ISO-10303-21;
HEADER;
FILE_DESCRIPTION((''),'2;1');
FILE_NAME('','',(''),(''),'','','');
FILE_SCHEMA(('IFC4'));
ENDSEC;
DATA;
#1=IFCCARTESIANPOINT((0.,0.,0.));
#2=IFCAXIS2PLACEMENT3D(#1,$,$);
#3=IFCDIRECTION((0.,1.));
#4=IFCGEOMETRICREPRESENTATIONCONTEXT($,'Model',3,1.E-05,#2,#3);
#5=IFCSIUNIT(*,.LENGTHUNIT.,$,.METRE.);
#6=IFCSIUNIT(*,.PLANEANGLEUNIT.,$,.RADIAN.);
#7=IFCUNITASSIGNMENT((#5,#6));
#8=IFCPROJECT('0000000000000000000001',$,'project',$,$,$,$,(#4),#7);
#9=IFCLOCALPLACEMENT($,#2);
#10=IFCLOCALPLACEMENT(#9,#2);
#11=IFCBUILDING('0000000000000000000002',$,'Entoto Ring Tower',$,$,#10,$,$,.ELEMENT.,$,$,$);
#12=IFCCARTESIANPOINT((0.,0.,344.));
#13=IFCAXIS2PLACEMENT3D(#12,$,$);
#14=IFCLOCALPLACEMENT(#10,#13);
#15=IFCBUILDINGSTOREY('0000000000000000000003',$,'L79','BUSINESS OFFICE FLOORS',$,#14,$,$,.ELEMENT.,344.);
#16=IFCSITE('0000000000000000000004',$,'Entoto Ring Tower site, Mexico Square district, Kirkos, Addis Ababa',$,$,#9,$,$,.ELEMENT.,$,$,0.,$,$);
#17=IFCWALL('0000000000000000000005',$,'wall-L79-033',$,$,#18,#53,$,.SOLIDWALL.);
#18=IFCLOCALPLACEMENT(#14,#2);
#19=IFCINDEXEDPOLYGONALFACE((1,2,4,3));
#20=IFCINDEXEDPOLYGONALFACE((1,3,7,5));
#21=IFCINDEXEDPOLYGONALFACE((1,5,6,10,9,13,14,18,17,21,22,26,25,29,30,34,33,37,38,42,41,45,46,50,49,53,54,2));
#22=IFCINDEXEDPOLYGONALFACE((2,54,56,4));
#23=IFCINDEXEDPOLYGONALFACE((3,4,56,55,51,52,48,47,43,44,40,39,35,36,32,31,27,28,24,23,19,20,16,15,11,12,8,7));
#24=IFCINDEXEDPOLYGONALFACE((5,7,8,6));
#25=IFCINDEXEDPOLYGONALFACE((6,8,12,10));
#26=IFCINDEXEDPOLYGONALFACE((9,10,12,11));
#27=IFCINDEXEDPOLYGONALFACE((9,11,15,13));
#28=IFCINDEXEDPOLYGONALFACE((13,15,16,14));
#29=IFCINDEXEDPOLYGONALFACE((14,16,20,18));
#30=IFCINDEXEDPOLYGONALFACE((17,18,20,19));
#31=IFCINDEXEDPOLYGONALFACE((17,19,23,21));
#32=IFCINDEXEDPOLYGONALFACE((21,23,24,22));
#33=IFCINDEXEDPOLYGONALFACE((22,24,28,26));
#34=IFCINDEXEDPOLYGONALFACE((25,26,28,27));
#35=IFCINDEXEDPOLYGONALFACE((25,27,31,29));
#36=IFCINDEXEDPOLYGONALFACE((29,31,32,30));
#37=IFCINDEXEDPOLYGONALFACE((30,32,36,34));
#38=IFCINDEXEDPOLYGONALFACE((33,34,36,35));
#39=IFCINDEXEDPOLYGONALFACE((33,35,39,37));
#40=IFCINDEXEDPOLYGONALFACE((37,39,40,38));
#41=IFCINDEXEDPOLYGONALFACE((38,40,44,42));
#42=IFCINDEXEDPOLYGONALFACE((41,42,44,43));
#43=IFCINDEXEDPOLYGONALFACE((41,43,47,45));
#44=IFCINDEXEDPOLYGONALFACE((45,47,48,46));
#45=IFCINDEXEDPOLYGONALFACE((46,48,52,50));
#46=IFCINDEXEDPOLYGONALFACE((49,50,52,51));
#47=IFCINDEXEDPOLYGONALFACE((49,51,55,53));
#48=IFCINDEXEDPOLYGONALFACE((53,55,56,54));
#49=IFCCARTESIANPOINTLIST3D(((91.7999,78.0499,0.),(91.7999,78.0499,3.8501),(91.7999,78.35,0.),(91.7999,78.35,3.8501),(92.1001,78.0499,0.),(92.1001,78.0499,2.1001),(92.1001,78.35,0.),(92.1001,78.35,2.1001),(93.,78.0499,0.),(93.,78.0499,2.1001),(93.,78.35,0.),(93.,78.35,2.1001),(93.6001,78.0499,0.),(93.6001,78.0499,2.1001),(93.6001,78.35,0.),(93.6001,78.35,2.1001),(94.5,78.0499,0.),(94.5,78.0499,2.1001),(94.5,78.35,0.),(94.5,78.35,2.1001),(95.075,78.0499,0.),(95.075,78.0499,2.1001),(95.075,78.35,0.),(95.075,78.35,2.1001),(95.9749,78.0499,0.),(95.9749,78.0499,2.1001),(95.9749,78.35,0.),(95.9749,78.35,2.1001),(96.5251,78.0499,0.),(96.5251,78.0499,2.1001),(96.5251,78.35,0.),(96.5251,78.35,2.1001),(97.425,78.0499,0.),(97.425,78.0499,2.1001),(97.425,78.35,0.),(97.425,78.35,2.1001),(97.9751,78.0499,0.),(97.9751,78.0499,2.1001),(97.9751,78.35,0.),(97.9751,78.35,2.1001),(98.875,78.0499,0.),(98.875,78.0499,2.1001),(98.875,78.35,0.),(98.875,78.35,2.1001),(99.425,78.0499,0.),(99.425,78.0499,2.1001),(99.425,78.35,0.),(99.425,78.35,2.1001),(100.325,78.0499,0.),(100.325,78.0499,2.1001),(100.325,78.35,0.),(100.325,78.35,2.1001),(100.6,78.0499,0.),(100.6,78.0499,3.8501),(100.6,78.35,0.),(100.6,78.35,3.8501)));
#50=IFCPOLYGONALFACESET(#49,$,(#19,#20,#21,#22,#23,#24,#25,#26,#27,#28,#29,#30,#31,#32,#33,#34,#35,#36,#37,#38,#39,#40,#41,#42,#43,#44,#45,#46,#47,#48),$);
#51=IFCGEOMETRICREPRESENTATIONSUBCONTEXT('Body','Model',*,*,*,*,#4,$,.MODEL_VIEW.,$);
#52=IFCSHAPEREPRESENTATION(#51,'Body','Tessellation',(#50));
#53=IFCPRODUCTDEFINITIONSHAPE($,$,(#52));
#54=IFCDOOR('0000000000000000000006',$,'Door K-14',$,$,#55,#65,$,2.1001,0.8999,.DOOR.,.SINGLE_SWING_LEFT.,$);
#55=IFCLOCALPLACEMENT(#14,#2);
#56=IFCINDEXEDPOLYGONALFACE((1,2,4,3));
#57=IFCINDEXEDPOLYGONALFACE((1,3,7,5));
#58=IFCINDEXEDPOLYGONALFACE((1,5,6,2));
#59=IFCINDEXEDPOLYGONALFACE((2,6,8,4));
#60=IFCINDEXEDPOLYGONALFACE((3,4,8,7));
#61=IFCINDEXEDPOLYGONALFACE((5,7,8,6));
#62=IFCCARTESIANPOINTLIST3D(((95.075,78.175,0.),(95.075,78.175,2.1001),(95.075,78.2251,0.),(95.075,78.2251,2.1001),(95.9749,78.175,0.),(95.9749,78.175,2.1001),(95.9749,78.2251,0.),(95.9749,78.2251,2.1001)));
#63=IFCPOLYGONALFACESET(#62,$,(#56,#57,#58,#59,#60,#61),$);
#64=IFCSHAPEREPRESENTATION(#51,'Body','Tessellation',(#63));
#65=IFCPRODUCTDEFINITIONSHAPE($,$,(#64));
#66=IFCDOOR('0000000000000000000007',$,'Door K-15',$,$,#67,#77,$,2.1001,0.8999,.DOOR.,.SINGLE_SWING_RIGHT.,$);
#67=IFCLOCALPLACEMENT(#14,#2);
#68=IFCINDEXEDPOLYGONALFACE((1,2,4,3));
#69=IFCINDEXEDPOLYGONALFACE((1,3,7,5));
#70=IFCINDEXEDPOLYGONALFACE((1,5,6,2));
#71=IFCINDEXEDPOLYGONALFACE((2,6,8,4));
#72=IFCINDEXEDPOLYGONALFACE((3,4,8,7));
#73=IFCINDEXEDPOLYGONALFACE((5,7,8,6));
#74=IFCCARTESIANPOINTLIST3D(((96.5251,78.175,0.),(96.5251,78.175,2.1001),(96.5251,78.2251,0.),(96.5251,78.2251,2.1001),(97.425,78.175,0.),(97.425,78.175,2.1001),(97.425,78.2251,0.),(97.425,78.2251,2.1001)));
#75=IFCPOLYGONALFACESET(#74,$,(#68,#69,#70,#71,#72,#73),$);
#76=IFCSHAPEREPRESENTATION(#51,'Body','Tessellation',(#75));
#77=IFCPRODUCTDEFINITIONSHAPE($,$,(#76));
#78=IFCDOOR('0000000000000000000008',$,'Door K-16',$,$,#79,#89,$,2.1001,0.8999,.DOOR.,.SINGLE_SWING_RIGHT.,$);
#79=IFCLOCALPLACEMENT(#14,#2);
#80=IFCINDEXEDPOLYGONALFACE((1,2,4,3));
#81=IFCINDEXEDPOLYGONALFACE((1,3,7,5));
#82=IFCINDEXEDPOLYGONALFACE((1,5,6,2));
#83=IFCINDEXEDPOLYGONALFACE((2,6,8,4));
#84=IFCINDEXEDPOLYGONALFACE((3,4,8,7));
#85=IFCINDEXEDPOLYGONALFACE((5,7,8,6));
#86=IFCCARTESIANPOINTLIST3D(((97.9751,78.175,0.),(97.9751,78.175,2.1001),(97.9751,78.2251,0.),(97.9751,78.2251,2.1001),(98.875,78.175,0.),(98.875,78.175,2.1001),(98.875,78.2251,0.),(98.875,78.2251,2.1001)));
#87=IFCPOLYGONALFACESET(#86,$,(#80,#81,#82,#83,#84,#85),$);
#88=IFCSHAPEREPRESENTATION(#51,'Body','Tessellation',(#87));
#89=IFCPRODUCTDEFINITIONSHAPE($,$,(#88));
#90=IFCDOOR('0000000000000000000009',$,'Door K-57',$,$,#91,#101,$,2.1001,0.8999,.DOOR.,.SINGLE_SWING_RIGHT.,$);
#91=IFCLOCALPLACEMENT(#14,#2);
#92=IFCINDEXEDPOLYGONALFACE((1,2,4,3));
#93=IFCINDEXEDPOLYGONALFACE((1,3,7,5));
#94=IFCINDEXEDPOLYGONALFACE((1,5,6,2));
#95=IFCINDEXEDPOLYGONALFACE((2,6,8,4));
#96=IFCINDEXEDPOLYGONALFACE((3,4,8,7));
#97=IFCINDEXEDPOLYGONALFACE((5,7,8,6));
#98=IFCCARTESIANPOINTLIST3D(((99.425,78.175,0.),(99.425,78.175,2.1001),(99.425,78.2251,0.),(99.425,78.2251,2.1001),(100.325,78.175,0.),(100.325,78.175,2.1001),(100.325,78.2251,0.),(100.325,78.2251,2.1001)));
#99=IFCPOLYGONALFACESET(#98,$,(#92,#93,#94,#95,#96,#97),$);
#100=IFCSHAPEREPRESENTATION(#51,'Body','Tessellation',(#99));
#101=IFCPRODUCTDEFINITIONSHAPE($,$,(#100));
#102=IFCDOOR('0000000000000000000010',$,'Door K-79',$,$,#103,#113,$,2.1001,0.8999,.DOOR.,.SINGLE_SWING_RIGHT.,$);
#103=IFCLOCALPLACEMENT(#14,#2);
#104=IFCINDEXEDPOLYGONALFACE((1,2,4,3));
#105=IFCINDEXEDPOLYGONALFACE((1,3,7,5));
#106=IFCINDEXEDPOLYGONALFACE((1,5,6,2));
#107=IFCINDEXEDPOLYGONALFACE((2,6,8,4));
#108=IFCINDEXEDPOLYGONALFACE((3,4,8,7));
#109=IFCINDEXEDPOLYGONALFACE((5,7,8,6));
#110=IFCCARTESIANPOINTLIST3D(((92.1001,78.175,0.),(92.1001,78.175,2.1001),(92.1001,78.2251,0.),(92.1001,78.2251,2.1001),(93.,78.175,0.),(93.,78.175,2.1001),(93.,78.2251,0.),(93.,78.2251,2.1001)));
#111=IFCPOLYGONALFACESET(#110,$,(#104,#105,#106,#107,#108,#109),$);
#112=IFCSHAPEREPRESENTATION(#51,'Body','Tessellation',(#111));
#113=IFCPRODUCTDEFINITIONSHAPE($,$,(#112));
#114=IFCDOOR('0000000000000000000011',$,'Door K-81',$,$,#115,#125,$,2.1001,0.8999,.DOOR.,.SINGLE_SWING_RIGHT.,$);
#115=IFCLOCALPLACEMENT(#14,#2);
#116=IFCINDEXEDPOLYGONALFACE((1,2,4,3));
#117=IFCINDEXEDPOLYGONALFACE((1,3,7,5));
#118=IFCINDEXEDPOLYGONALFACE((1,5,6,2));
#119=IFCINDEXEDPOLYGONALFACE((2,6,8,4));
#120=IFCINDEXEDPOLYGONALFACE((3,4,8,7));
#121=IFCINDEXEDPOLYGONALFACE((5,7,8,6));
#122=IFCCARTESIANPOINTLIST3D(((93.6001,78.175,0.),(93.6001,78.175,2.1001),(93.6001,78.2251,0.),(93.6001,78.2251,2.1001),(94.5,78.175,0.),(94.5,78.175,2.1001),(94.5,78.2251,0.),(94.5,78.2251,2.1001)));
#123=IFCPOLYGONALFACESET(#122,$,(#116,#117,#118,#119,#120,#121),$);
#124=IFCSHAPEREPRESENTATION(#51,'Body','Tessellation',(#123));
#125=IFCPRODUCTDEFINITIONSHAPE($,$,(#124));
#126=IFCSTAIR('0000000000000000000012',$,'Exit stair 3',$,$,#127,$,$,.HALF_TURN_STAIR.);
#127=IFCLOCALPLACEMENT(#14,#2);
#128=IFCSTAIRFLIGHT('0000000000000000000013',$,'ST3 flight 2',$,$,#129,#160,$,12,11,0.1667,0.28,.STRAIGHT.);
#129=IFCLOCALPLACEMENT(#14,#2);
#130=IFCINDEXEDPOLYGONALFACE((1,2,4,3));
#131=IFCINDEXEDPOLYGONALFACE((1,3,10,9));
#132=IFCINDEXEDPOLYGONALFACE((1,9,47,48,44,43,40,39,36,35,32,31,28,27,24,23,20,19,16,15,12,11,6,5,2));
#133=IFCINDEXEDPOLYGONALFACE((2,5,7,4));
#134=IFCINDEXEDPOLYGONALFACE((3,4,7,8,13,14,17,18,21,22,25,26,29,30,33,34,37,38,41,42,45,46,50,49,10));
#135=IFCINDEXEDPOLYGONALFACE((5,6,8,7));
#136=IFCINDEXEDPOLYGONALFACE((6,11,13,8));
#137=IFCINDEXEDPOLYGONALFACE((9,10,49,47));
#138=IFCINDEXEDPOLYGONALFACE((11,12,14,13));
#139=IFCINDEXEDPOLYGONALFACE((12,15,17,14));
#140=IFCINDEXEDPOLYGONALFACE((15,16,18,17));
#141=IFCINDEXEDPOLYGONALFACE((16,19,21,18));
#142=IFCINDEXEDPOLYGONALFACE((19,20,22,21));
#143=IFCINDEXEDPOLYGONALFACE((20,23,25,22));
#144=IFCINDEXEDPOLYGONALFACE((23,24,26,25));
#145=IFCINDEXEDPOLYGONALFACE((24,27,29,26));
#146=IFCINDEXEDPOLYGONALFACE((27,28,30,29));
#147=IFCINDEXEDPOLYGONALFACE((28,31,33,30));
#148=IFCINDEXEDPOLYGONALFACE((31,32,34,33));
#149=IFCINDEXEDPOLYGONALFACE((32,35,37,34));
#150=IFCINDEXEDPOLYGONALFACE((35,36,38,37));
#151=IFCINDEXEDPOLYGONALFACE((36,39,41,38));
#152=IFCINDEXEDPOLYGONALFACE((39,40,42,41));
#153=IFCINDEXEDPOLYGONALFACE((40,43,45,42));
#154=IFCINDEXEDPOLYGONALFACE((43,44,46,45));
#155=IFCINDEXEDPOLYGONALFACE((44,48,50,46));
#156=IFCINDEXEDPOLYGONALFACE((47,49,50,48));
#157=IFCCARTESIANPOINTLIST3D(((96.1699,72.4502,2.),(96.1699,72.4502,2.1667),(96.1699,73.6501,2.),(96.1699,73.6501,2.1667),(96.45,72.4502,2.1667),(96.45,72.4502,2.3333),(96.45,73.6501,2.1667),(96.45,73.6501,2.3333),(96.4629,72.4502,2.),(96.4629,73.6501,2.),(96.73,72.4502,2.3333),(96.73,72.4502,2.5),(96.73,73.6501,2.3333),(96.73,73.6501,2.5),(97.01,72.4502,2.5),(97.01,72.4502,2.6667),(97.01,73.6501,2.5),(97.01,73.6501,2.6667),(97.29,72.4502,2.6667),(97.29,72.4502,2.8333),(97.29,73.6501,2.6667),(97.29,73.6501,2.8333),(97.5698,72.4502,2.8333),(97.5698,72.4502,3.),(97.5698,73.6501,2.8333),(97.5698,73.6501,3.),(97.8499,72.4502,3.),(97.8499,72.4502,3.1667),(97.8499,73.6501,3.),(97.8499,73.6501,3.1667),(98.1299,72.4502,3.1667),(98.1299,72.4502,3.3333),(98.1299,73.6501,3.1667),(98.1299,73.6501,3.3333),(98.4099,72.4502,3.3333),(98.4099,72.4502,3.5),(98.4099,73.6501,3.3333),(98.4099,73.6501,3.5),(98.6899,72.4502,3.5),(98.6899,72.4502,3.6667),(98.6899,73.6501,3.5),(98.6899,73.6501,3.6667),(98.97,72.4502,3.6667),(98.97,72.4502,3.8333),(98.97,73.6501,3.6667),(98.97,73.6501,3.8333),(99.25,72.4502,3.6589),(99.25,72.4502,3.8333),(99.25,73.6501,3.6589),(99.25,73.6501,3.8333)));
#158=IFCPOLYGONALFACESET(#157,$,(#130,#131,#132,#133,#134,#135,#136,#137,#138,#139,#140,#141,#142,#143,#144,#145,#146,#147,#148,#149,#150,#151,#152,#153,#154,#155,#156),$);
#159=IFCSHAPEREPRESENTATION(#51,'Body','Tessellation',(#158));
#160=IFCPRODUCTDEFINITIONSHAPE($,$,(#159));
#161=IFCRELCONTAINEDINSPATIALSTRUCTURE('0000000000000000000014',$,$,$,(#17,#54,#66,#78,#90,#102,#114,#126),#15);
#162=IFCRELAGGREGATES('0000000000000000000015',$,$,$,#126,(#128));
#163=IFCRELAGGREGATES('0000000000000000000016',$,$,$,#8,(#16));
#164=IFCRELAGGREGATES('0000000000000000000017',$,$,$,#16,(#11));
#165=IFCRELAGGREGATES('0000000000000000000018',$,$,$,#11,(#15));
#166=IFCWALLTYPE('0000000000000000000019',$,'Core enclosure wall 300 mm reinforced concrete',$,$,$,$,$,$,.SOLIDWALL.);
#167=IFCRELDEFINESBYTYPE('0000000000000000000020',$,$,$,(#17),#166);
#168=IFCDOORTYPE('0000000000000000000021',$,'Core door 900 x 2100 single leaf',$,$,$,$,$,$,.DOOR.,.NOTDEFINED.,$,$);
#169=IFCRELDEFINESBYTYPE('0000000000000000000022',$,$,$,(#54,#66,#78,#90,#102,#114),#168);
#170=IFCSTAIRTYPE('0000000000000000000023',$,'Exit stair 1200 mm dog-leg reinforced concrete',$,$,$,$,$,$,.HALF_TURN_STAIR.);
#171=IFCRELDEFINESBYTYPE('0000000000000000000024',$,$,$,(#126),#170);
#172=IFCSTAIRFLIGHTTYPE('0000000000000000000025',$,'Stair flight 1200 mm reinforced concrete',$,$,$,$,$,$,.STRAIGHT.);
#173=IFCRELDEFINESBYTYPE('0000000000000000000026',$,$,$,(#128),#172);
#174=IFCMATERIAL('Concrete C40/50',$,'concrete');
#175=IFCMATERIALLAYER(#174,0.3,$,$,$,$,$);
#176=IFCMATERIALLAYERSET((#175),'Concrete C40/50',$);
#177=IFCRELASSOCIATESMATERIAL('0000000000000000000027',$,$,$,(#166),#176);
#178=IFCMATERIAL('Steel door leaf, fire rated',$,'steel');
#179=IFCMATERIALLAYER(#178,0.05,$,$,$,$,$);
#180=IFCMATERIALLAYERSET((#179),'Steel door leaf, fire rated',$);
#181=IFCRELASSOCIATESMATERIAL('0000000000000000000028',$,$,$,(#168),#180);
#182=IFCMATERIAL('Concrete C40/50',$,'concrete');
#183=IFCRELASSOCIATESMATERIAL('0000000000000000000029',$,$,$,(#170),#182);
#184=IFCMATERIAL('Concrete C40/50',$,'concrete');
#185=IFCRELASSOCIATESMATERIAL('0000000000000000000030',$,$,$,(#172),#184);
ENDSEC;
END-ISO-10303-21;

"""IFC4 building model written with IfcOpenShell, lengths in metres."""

from ifc_helpers import new_model, si_unit, direction, frame, frame_2d, origin, place, context, subcontext, project, spatial, polyline, rectangle, outline, extrude, material, layer, layer_set, type_object, element, fill, aggregate, save


model = new_model("IFC4")

# Units and contexts
model_context = context("Model", 3, precision=1e-05, world=origin(), true_north=direction((0.0, 1.0)))
body_context = subcontext(model_context, "Body", "Model", "MODEL_VIEW")
ifc_project = project(units=[si_unit("LENGTHUNIT", "METRE"), si_unit("PLANEANGLEUNIT", "RADIAN")], contexts=[model_context])

# Site, building, storey
site_placement = place(None, origin())
site = spatial("IfcSite", under=ifc_project, at=site_placement, Name="Entoto Ring Tower site, Mexico Square district, Kirkos, Addis Ababa", CompositionType="ELEMENT", RefElevation=0.0)
building_placement = place(site_placement, origin())
building = spatial("IfcBuilding", under=site, at=building_placement, Name="Entoto Ring Tower", CompositionType="ELEMENT")
storey_placement = place(building_placement, frame((0.0, 0.0, 344.0)))
storey = spatial("IfcBuildingStorey", under=building, at=storey_placement, Name="L79", Description="BUSINESS OFFICE FLOORS", CompositionType="ELEMENT", Elevation=344.0)

# Shared definitions
ifc_material_1 = material(Name="Concrete C40/50", Category="concrete")
ifc_layer_1 = layer(ifc_material_1, 0.3)
ifc_layer_set_1 = layer_set([ifc_layer_1], Name="Concrete C40/50")
wall_type = type_object("IfcWallType", Name="Core enclosure wall 300 mm reinforced concrete", PredefinedType="SOLIDWALL", material=ifc_layer_set_1)

# Shared definitions
ifc_material_2 = material(Name="Steel door leaf, fire rated", Category="steel")
ifc_layer_2 = layer(ifc_material_2, 0.05)
ifc_layer_set_2 = layer_set([ifc_layer_2], Name="Steel door leaf, fire rated")
door_type_1 = type_object("IfcDoorType", Name="Core door 900 x 2100 single leaf", OperationType="NOTDEFINED", PredefinedType="DOOR", material=ifc_layer_set_2)

# Wall, openings, doors
wall_1_placement = place(storey_placement, frame((91.8, 78.2, 0.0), z_axis=(0.0, 0.0, 1.0), x_axis=(1.0, 0.0, 0.0)))
wall_1 = element("IfcWall", 1, at=wall_1_placement, inside=storey, type_object=wall_type, Name="wall-L79-033", PredefinedType="SOLIDWALL", context=body_context, shape_type="SweptSolid", body=[
    extrude(rectangle(XDim=8.8, YDim=0.3, at=frame_2d((4.3999, 0.0))), origin(), (0.0, 0.0, 1.0), 3.8501),
])
opening_1_placement = place(wall_1_placement, frame((3.2749, 0.0, 0.0)))
opening_1 = element("IfcOpeningElement", 2, at=opening_1_placement, cuts=wall_1, PredefinedType="OPENING", context=body_context, shape_type="SweptSolid", body=[
    extrude(rectangle(XDim=0.8999, YDim=2.1001, at=frame_2d((0.45, 1.05))), frame((0.0, 0.1602, 0.0), z_axis=(0.0, -1.0, 0.0), x_axis=(1.0, 0.0, 0.0)), (0.0, 0.0, 1.0), 0.3201),
])
opening_2_placement = place(wall_1_placement, frame((4.7251, 0.0, 0.0)))
opening_2 = element("IfcOpeningElement", 3, at=opening_2_placement, cuts=wall_1, PredefinedType="OPENING", context=body_context, shape_type="SweptSolid", body=[
    extrude(rectangle(XDim=0.8999, YDim=2.1001, at=frame_2d((0.45, 1.05))), frame((0.0, 0.1602, 0.0), z_axis=(0.0, -1.0, 0.0), x_axis=(1.0, 0.0, 0.0)), (0.0, 0.0, 1.0), 0.3201),
])
opening_3_placement = place(wall_1_placement, frame((6.175, 0.0, 0.0)))
opening_3 = element("IfcOpeningElement", 4, at=opening_3_placement, cuts=wall_1, PredefinedType="OPENING", context=body_context, shape_type="SweptSolid", body=[
    extrude(rectangle(XDim=0.8999, YDim=2.1001, at=frame_2d((0.45, 1.05))), frame((0.0, 0.1602, 0.0), z_axis=(0.0, -1.0, 0.0), x_axis=(1.0, 0.0, 0.0)), (0.0, 0.0, 1.0), 0.3201),
])
opening_4_placement = place(wall_1_placement, frame((7.625, 0.0, 0.0)))
opening_4 = element("IfcOpeningElement", 5, at=opening_4_placement, cuts=wall_1, PredefinedType="OPENING", context=body_context, shape_type="SweptSolid", body=[
    extrude(rectangle(XDim=0.8999, YDim=2.1001, at=frame_2d((0.45, 1.05))), frame((0.0, 0.1602, 0.0), z_axis=(0.0, -1.0, 0.0), x_axis=(1.0, 0.0, 0.0)), (0.0, 0.0, 1.0), 0.3201),
])
opening_5_placement = place(wall_1_placement, frame((0.3, 0.0, 0.0)))
opening_5 = element("IfcOpeningElement", 6, at=opening_5_placement, cuts=wall_1, PredefinedType="OPENING", context=body_context, shape_type="SweptSolid", body=[
    extrude(rectangle(XDim=0.8999, YDim=2.1001, at=frame_2d((0.45, 1.05))), frame((0.0, 0.1602, 0.0), z_axis=(0.0, -1.0, 0.0), x_axis=(1.0, 0.0, 0.0)), (0.0, 0.0, 1.0), 0.3201),
])
opening_6_placement = place(wall_1_placement, frame((1.8, 0.0, 0.0)))
opening_6 = element("IfcOpeningElement", 7, at=opening_6_placement, cuts=wall_1, PredefinedType="OPENING", context=body_context, shape_type="SweptSolid", body=[
    extrude(rectangle(XDim=0.8999, YDim=2.1001, at=frame_2d((0.45, 1.05))), frame((0.0, 0.1602, 0.0), z_axis=(0.0, -1.0, 0.0), x_axis=(1.0, 0.0, 0.0)), (0.0, 0.0, 1.0), 0.3201),
])
door_1_placement = place(opening_1_placement, frame((0.8999, 0.0, 0.0), z_axis=(0.0, 0.0, 1.0), x_axis=(-1.0, 0.0, 0.0)))
door_1 = element("IfcDoor", 8, at=door_1_placement, inside=storey, type_object=door_type_1, Name="Door K-14", OperationType="SINGLE_SWING_LEFT", OverallHeight=2.1001, OverallWidth=0.8999, PredefinedType="DOOR", context=body_context, shape_type="SweptSolid", body=[
    extrude(rectangle(XDim=0.8999, YDim=2.1001, at=frame_2d((0.45, 1.05))), frame((0.0, 0.0249, 0.0), z_axis=(0.0, -1.0, 0.0), x_axis=(1.0, 0.0, 0.0)), (0.0, 0.0, 1.0), 0.05),
])
fill(opening_1, door_1)
door_2_placement = place(opening_2_placement, frame((0.8999, 0.0, 0.0), z_axis=(0.0, 0.0, 1.0), x_axis=(-1.0, 0.0, 0.0)))
door_2 = element("IfcDoor", 9, at=door_2_placement, inside=storey, type_object=door_type_1, Name="Door K-15", OperationType="SINGLE_SWING_RIGHT", OverallHeight=2.1001, OverallWidth=0.8999, PredefinedType="DOOR", context=body_context, shape_type="SweptSolid", body=[
    extrude(rectangle(XDim=0.8999, YDim=2.1001, at=frame_2d((0.45, 1.05))), frame((0.0, 0.0249, 0.0), z_axis=(0.0, -1.0, 0.0), x_axis=(1.0, 0.0, 0.0)), (0.0, 0.0, 1.0), 0.05),
])
fill(opening_2, door_2)
door_3_placement = place(opening_3_placement, frame((0.8999, 0.0, 0.0), z_axis=(0.0, 0.0, 1.0), x_axis=(-1.0, 0.0, 0.0)))
door_3 = element("IfcDoor", 10, at=door_3_placement, inside=storey, type_object=door_type_1, Name="Door K-16", OperationType="SINGLE_SWING_RIGHT", OverallHeight=2.1001, OverallWidth=0.8999, PredefinedType="DOOR", context=body_context, shape_type="SweptSolid", body=[
    extrude(rectangle(XDim=0.8999, YDim=2.1001, at=frame_2d((0.45, 1.05))), frame((0.0, 0.0249, 0.0), z_axis=(0.0, -1.0, 0.0), x_axis=(1.0, 0.0, 0.0)), (0.0, 0.0, 1.0), 0.05),
])
fill(opening_3, door_3)
door_4_placement = place(opening_4_placement, frame((0.8999, 0.0, 0.0), z_axis=(0.0, 0.0, 1.0), x_axis=(-1.0, 0.0, 0.0)))
door_4 = element("IfcDoor", 11, at=door_4_placement, inside=storey, type_object=door_type_1, Name="Door K-57", OperationType="SINGLE_SWING_RIGHT", OverallHeight=2.1001, OverallWidth=0.8999, PredefinedType="DOOR", context=body_context, shape_type="SweptSolid", body=[
    extrude(rectangle(XDim=0.8999, YDim=2.1001, at=frame_2d((0.45, 1.05))), frame((0.0, 0.0249, 0.0), z_axis=(0.0, -1.0, 0.0), x_axis=(1.0, 0.0, 0.0)), (0.0, 0.0, 1.0), 0.05),
])
fill(opening_4, door_4)
door_5_placement = place(opening_5_placement, frame((0.8999, 0.0, 0.0), z_axis=(0.0, 0.0, 1.0), x_axis=(-1.0, 0.0, 0.0)))
door_5 = element("IfcDoor", 12, at=door_5_placement, inside=storey, type_object=door_type_1, Name="Door K-79", OperationType="SINGLE_SWING_RIGHT", OverallHeight=2.1001, OverallWidth=0.8999, PredefinedType="DOOR", context=body_context, shape_type="SweptSolid", body=[
    extrude(rectangle(XDim=0.8999, YDim=2.1001, at=frame_2d((0.45, 1.05))), frame((0.0, 0.0249, 0.0), z_axis=(0.0, -1.0, 0.0), x_axis=(1.0, 0.0, 0.0)), (0.0, 0.0, 1.0), 0.05),
])
fill(opening_5, door_5)
door_6_placement = place(opening_6_placement, frame((0.8999, 0.0, 0.0), z_axis=(0.0, 0.0, 1.0), x_axis=(-1.0, 0.0, 0.0)))
door_6 = element("IfcDoor", 13, at=door_6_placement, inside=storey, type_object=door_type_1, Name="Door K-81", OperationType="SINGLE_SWING_RIGHT", OverallHeight=2.1001, OverallWidth=0.8999, PredefinedType="DOOR", context=body_context, shape_type="SweptSolid", body=[
    extrude(rectangle(XDim=0.8999, YDim=2.1001, at=frame_2d((0.45, 1.05))), frame((0.0, 0.0249, 0.0), z_axis=(0.0, -1.0, 0.0), x_axis=(1.0, 0.0, 0.0)), (0.0, 0.0, 1.0), 0.05),
])
fill(opening_6, door_6)

# Stair, stair flight
ifc_material_3 = material(Name="Concrete C40/50", Category="concrete")
stair_type = type_object("IfcStairType", Name="Exit stair 1200 mm dog-leg reinforced concrete", PredefinedType="HALF_TURN_STAIR", material=ifc_material_3)
stair_placement = place(storey_placement, origin())
stair = element("IfcStair", 14, at=stair_placement, inside=storey, type_object=stair_type, Name="Exit stair 3", PredefinedType="HALF_TURN_STAIR")
ifc_material_4 = material(Name="Concrete C40/50", Category="concrete")
stair_flight_type = type_object("IfcStairFlightType", Name="Stair flight 1200 mm reinforced concrete", PredefinedType="STRAIGHT", material=ifc_material_4)
stair_flight_placement = place(storey_placement, frame((96.1699, 73.05, 2.0), z_axis=(0.0, 0.0, 1.0), x_axis=(1.0, 0.0, 0.0)))
stair_flight = element("IfcStairFlight", 15, at=stair_flight_placement, type_object=stair_flight_type, Name="ST3 flight 2", NumberOfRisers=12, NumberOfTreads=11, PredefinedType="STRAIGHT", RiserHeight=0.1667, TreadLength=0.28, context=body_context, shape_type="SweptSolid", body=[
    extrude(outline(polyline([(0.0, 0.0), (0.0, 0.1667), (0.28, 0.1667), (0.28, 0.3333), (0.5601, 0.3333), (0.5601, 0.5), (0.8401, 0.5), (0.8401, 0.6667), (1.1201, 0.6667), (1.1201, 0.8333), (1.3999, 0.8333), (1.3999, 1.0), (1.6799, 1.0), (1.6799, 1.1667), (1.96, 1.1667), (1.96, 1.3333), (2.24, 1.3333), (2.24, 1.5), (2.52, 1.5), (2.52, 1.6667), (2.8, 1.6667), (2.8, 1.8333), (3.0801, 1.8333), (3.0801, 2.0), (3.0801, 1.6589), (0.293, 0.0), (0.0, 0.0)])), frame((0.0, 0.6001, 0.0), z_axis=(0.0, -1.0, 0.0), x_axis=(1.0, 0.0, 0.0)), (0.0, 0.0, 1.0), 1.2),
])
aggregate(stair, [stair_flight])

save(model, "model.ifc")
